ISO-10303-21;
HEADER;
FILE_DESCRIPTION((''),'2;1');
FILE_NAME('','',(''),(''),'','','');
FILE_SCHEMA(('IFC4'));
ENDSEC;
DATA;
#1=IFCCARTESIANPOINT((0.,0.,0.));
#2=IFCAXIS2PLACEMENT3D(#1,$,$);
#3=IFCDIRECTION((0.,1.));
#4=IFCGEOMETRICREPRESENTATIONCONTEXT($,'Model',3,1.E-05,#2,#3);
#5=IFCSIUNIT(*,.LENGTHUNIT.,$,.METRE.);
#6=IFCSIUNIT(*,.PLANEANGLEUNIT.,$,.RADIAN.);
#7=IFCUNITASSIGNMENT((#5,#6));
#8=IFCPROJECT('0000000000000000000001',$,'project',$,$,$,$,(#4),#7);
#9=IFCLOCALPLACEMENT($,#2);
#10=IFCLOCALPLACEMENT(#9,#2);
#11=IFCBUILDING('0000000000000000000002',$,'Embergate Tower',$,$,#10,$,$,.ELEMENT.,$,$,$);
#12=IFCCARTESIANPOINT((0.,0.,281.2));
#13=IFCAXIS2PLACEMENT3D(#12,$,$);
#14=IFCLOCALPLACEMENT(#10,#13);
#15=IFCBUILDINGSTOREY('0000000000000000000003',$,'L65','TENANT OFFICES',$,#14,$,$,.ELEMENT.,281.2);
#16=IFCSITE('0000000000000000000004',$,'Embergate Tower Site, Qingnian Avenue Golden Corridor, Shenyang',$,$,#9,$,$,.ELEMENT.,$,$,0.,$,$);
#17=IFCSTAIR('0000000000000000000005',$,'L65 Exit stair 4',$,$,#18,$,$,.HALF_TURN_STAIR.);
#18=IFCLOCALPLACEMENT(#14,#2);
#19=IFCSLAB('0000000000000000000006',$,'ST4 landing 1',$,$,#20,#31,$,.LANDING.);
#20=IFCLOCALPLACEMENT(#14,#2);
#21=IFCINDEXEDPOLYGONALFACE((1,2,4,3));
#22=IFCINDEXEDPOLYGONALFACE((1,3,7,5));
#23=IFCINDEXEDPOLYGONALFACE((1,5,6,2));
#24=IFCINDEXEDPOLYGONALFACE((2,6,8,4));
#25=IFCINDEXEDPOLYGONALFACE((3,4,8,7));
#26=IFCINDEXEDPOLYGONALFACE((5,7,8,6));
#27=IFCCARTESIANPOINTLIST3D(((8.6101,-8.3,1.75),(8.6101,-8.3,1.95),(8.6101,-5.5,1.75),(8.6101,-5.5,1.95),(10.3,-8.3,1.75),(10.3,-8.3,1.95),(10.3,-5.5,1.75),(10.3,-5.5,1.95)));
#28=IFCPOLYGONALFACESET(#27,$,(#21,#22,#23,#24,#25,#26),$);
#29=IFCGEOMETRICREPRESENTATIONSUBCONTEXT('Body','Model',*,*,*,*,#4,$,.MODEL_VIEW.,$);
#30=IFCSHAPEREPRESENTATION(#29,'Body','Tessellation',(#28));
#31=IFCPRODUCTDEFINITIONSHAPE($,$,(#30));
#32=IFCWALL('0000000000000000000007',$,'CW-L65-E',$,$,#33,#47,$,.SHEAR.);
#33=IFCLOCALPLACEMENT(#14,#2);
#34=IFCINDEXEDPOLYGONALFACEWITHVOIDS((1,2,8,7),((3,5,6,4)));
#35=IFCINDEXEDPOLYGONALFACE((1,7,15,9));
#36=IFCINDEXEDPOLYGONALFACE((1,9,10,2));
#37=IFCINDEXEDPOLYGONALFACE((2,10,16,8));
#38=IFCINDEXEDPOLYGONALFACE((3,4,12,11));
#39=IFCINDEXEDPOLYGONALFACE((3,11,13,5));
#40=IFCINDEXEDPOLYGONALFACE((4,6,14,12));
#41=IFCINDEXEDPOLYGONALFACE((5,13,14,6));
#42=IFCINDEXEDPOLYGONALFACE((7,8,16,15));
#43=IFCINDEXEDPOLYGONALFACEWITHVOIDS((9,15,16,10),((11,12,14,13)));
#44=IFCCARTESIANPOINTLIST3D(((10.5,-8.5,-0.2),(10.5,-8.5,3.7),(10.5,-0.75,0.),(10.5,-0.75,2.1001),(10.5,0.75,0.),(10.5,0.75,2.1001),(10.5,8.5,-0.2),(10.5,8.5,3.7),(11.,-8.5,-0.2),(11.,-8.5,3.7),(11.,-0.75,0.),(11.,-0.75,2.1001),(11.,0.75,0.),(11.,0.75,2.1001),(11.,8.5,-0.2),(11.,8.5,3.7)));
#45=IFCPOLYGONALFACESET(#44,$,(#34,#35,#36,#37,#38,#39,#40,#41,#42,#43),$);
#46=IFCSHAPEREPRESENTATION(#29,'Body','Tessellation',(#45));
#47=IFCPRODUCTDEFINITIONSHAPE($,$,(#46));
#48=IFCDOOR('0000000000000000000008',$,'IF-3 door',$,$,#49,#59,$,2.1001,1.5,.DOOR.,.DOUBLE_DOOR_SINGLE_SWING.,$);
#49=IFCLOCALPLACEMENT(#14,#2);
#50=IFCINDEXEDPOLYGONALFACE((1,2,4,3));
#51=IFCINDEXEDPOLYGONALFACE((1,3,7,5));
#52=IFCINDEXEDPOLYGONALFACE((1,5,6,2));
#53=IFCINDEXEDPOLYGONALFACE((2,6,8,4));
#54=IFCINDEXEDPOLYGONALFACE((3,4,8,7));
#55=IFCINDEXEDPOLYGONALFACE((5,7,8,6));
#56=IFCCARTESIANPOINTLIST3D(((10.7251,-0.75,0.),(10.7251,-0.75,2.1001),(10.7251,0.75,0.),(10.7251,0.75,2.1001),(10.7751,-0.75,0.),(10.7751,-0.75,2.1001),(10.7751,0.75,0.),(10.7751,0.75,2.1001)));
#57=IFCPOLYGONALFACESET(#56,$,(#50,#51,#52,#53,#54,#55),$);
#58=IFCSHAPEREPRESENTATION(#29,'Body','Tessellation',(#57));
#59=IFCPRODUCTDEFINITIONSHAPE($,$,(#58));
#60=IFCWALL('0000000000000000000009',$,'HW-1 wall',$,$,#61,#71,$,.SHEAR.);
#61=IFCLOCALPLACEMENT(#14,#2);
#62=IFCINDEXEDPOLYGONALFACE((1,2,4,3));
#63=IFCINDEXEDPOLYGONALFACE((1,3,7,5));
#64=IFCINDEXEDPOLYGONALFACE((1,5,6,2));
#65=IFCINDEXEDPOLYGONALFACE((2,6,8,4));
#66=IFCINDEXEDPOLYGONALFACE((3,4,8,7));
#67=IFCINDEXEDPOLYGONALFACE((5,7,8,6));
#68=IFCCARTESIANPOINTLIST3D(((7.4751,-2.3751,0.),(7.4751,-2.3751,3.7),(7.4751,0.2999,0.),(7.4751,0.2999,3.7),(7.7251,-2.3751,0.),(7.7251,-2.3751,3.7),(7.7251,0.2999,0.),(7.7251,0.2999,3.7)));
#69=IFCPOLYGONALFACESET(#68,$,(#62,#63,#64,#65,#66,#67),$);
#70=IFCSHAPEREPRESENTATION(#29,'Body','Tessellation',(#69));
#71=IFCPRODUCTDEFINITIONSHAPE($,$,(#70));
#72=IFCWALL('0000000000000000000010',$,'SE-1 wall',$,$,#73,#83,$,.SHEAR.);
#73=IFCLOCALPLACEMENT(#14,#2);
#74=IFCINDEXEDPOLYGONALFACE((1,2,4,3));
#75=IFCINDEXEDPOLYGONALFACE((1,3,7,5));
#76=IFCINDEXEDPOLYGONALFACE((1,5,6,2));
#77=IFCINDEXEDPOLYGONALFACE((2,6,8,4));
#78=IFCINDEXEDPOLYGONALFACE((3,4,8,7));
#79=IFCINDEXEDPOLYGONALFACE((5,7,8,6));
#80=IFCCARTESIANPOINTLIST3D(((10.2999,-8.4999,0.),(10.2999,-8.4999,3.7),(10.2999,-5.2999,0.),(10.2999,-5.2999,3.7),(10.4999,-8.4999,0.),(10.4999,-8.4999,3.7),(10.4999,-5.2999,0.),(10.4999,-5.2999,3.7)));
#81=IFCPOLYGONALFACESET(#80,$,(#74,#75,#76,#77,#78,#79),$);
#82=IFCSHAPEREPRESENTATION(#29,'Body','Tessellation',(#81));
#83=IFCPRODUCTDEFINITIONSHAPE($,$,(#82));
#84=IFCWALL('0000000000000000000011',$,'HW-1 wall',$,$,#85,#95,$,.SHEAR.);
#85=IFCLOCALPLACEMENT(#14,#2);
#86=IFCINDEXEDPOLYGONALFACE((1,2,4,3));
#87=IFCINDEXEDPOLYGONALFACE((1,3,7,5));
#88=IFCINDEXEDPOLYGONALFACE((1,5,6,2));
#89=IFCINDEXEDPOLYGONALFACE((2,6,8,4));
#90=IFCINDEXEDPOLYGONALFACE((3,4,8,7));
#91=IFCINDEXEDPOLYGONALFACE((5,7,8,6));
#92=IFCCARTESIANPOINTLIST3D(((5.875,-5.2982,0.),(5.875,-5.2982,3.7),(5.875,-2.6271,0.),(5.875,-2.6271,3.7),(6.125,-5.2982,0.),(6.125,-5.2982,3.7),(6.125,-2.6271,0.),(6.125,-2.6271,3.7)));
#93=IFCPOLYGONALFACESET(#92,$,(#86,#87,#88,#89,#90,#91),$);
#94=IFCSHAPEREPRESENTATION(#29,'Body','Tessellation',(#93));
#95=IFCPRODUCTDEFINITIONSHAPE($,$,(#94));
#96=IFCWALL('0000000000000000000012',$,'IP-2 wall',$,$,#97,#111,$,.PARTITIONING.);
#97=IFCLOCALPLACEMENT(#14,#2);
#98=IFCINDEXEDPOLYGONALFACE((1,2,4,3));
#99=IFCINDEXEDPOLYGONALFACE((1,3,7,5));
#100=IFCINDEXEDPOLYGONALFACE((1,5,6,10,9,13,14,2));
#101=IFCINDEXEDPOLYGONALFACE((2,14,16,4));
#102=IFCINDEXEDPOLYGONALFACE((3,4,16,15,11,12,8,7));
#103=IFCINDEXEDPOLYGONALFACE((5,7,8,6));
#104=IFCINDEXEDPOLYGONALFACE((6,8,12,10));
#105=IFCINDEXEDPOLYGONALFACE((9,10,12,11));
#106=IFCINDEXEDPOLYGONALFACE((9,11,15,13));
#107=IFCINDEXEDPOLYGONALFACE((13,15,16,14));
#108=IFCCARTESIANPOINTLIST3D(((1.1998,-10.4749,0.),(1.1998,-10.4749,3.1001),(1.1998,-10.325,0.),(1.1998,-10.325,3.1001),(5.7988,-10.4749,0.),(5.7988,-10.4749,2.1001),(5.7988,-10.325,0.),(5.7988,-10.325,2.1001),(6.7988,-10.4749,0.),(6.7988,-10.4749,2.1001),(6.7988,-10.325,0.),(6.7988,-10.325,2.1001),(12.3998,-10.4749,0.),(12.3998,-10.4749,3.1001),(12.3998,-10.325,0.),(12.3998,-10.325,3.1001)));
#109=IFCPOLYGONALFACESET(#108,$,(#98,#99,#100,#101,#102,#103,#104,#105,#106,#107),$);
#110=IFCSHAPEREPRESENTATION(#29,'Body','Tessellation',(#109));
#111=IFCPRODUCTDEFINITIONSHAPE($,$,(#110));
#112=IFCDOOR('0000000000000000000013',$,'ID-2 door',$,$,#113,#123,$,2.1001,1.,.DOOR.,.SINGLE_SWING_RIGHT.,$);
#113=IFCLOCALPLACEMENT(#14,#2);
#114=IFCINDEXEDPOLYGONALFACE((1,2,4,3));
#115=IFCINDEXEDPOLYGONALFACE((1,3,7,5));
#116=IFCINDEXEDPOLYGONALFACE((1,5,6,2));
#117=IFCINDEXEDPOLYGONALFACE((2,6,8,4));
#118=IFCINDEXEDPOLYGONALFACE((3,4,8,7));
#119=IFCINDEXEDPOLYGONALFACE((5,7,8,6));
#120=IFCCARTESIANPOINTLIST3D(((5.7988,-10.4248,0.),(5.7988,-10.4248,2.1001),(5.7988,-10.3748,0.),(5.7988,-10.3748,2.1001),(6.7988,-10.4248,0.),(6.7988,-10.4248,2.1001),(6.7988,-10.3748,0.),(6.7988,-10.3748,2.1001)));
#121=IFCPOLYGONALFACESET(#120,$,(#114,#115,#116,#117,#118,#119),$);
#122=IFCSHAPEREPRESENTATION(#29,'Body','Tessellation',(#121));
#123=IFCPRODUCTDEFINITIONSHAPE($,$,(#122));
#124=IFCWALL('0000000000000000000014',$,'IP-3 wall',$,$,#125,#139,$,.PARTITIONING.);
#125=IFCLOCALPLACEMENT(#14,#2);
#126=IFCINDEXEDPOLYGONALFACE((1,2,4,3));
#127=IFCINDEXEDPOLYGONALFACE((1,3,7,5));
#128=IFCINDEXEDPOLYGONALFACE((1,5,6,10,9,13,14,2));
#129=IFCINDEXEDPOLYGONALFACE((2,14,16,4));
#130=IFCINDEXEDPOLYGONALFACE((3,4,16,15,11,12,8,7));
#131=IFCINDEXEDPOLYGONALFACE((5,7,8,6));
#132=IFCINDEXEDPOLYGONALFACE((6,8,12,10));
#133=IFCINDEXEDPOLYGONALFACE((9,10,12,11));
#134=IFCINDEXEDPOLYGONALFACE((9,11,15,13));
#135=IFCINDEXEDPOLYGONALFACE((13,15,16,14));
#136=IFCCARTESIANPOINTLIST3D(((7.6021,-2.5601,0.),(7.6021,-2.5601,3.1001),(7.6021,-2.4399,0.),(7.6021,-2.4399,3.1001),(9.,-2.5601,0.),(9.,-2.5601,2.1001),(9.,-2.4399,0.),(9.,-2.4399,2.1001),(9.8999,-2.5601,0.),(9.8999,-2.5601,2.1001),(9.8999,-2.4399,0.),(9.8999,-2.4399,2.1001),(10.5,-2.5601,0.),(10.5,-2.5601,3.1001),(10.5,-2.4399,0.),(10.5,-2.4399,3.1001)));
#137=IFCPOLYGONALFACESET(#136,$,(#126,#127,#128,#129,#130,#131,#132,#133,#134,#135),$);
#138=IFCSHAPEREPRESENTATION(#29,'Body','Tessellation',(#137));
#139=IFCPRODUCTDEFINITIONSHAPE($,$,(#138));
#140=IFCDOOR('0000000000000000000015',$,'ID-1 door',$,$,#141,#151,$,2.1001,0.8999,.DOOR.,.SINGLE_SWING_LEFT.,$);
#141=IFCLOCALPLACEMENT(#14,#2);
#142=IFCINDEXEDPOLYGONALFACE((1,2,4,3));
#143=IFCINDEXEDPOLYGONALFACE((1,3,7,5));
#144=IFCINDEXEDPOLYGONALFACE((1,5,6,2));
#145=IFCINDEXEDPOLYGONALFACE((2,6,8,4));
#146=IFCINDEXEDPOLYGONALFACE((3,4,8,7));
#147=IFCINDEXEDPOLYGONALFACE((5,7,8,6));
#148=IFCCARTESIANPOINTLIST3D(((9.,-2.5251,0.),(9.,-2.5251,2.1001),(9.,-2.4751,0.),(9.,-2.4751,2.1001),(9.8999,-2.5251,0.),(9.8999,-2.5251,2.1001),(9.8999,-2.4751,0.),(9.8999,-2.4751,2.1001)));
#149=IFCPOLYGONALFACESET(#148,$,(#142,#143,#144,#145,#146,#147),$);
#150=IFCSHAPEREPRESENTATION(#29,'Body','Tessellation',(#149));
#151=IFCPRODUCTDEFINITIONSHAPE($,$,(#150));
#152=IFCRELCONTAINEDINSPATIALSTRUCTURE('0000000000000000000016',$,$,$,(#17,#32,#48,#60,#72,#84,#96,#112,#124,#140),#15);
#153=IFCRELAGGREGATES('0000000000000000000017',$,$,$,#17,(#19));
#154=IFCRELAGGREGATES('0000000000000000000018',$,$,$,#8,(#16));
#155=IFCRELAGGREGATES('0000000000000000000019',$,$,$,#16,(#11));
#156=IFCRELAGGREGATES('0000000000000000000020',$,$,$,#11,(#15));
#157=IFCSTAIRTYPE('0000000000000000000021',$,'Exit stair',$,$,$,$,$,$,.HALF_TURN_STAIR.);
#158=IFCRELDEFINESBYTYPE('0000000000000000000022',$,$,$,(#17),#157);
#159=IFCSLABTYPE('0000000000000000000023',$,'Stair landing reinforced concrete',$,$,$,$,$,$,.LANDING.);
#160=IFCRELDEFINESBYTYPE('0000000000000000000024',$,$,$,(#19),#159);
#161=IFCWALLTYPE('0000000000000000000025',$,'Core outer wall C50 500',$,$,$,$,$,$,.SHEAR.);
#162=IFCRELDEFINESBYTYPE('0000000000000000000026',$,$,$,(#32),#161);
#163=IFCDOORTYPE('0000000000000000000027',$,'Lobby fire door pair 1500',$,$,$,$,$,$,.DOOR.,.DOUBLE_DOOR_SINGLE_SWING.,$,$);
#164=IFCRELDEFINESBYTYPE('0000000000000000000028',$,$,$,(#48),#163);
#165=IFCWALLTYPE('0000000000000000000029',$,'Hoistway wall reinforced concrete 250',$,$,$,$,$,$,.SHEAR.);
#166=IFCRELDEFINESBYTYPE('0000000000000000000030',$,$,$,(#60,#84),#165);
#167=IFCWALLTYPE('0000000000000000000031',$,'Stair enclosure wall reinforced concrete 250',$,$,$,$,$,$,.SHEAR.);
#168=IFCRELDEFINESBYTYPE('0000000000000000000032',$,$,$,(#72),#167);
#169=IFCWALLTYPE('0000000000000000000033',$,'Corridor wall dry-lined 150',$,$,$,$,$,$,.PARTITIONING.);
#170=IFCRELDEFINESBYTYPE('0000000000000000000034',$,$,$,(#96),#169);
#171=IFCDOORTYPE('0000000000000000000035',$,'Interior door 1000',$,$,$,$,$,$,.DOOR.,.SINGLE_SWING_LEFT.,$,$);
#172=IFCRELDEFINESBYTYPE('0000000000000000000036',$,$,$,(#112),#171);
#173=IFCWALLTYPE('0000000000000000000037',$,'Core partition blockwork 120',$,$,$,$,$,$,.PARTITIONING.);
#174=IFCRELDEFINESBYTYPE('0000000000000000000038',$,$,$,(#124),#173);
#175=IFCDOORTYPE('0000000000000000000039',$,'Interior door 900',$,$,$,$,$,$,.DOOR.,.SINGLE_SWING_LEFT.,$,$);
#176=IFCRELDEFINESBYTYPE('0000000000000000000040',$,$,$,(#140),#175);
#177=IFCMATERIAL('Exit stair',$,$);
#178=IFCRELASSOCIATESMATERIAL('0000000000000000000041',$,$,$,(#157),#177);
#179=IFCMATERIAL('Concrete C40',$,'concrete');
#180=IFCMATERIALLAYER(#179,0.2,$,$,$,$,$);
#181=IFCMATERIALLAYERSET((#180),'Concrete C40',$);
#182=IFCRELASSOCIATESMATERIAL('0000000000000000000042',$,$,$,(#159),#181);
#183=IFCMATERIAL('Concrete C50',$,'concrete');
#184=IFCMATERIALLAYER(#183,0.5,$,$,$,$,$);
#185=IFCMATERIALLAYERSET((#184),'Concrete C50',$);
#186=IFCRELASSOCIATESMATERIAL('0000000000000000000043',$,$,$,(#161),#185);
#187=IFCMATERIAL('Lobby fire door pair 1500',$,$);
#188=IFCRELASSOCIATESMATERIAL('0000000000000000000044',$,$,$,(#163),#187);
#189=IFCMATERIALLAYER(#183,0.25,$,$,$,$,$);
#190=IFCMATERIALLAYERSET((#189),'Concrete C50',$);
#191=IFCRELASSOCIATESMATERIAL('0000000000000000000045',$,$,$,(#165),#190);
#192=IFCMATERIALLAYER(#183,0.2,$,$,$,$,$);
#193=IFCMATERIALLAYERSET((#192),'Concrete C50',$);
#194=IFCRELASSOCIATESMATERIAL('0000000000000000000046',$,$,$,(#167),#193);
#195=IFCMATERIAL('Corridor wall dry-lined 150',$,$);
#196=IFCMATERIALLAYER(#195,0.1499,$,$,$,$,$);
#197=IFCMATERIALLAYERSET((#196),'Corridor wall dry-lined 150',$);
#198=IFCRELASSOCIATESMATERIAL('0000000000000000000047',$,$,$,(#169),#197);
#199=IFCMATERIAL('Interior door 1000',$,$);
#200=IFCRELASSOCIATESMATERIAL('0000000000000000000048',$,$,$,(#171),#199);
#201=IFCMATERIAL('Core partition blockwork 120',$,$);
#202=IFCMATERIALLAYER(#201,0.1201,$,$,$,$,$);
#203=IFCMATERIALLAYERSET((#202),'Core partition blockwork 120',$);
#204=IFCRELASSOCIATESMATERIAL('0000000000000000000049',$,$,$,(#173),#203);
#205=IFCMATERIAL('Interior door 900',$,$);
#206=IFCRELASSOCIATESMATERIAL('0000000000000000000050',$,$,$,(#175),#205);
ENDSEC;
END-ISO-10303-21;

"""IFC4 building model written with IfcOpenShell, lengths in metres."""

from ifc_helpers import new_model, si_unit, direction, frame, frame_2d, origin, place, context, subcontext, project, spatial, polyline, rectangle, outline, extrude, source, transform, mapped, material, layer, layer_set, type_object, element, fill, aggregate, save


model = new_model("IFC4")

# Units and contexts
model_context = context("Model", 3, precision=1e-05, world=origin(), true_north=direction((0.0, 1.0)))
body_context = subcontext(model_context, "Body", "Model", "MODEL_VIEW")
ifc_project = project(units=[si_unit("LENGTHUNIT", "METRE"), si_unit("PLANEANGLEUNIT", "RADIAN")], contexts=[model_context])

# Site, building, storey
site_placement = place(None, origin())
site = spatial("IfcSite", under=ifc_project, at=site_placement, Name="Embergate Tower Site, Qingnian Avenue Golden Corridor, Shenyang", CompositionType="ELEMENT", RefElevation=0.0)
building_placement = place(site_placement, origin())
building = spatial("IfcBuilding", under=site, at=building_placement, Name="Embergate Tower", CompositionType="ELEMENT")
storey_placement = place(building_placement, frame((0.0, 0.0, 281.2)))
storey = spatial("IfcBuildingStorey", under=building, at=storey_placement, Name="L65", Description="TENANT OFFICES", CompositionType="ELEMENT", Elevation=281.2)

# Stair, slab
ifc_material_1 = material(Name="Exit stair")
stair_type = type_object("IfcStairType", Name="Exit stair", PredefinedType="HALF_TURN_STAIR", material=ifc_material_1)
stair_placement = place(storey_placement, origin())
stair = element("IfcStair", 1, at=stair_placement, inside=storey, type_object=stair_type, Name="L65 Exit stair 4", PredefinedType="HALF_TURN_STAIR")
ifc_material_2 = material(Name="Concrete C40", Category="concrete")
ifc_layer_1 = layer(ifc_material_2, 0.2)
ifc_layer_set_1 = layer_set([ifc_layer_1], Name="Concrete C40")
slab_type = type_object("IfcSlabType", Name="Stair landing reinforced concrete", PredefinedType="LANDING", material=ifc_layer_set_1)
shared_shape_1 = source(origin(), body_context, "Body", "SweptSolid", [
    extrude(outline(polyline([(0.0, 0.0), (1.6899, 0.0), (1.6899, 2.8), (0.0, 2.8), (0.0, 0.0)])), origin(), (0.0, 0.0, 1.0), 0.2),
])
slab_placement = place(storey_placement, frame((8.6101, -8.3, 1.75)))
slab = element("IfcSlab", 2, at=slab_placement, type_object=slab_type, Name="ST4 landing 1", PredefinedType="LANDING", context=body_context, shape_type="MappedRepresentation", body=[
    mapped(shared_shape_1, transform((0.0, 0.0, 0.0))),
])

# Wall, opening, door
ifc_material_3 = material(Name="Concrete C50", Category="concrete")
ifc_layer_2 = layer(ifc_material_3, 0.5)
ifc_layer_set_2 = layer_set([ifc_layer_2], Name="Concrete C50")
wall_type_1 = type_object("IfcWallType", Name="Core outer wall C50 500", PredefinedType="SHEAR", material=ifc_layer_set_2)
shared_shape_2 = source(origin(), body_context, "Body", "SweptSolid", [
    extrude(rectangle(XDim=17.0, YDim=0.5, at=frame_2d((8.5, 0.0))), origin(), (0.0, 0.0, 1.0), 3.8999),
])
wall_1_placement = place(storey_placement, frame((10.75, -8.5, -0.2), z_axis=(0.0, 0.0, 1.0), x_axis=(0.0, 1.0, 0.0)))
wall_1 = element("IfcWall", 3, at=wall_1_placement, inside=storey, type_object=wall_type_1, Name="CW-L65-E", PredefinedType="SHEAR", context=body_context, shape_type="MappedRepresentation", body=[
    mapped(shared_shape_2, transform((0.0, 0.0, 0.0))),
])
shared_shape_3 = source(origin(), body_context, "Body", "SweptSolid", [
    extrude(rectangle(XDim=1.5, YDim=2.1001, at=frame_2d((0.75, 1.05))), frame((0.0, 0.26, 0.0), z_axis=(0.0, -1.0, 0.0), x_axis=(1.0, 0.0, 0.0)), (0.0, 0.0, 1.0), 0.52),
])
opening_1_placement = place(wall_1_placement, frame((7.75, 0.0, 0.2)))
opening_1 = element("IfcOpeningElement", 4, at=opening_1_placement, cuts=wall_1, PredefinedType="OPENING", context=body_context, shape_type="MappedRepresentation", body=[
    mapped(shared_shape_3, transform((0.0, 0.0, 0.0))),
])
ifc_material_4 = material(Name="Lobby fire door pair 1500")
door_type_1 = type_object("IfcDoorType", Name="Lobby fire door pair 1500", OperationType="DOUBLE_DOOR_SINGLE_SWING", PredefinedType="DOOR", material=ifc_material_4)
shared_shape_4 = source(origin(), body_context, "Body", "SweptSolid", [
    extrude(rectangle(XDim=1.5, YDim=2.1001, at=frame_2d((0.75, 1.05))), frame((0.0, 0.0249, 0.0), z_axis=(0.0, -1.0, 0.0), x_axis=(1.0, 0.0, 0.0)), (0.0, 0.0, 1.0), 0.05),
])
door_1_placement = place(opening_1_placement, origin())
door_1 = element("IfcDoor", 5, at=door_1_placement, inside=storey, type_object=door_type_1, Name="IF-3 door", OperationType="DOUBLE_DOOR_SINGLE_SWING", OverallHeight=2.1001, OverallWidth=1.5, PredefinedType="DOOR", context=body_context, shape_type="MappedRepresentation", body=[
    mapped(shared_shape_4, transform((0.0, 0.0, 0.0))),
])
fill(opening_1, door_1)

# Walls
ifc_layer_3 = layer(ifc_material_3, 0.25)
ifc_layer_set_3 = layer_set([ifc_layer_3], Name="Concrete C50")
wall_type_2 = type_object("IfcWallType", Name="Hoistway wall reinforced concrete 250", PredefinedType="SHEAR", material=ifc_layer_set_3)
shared_shape_5 = source(origin(), body_context, "Body", "SweptSolid", [
    extrude(rectangle(XDim=2.675, YDim=0.25, at=frame_2d((1.3374, 0.0))), origin(), (0.0, 0.0, 1.0), 3.7),
])
wall_2_placement = place(storey_placement, frame((7.6001, -2.375, 0.0), z_axis=(0.0, 0.0, 1.0), x_axis=(0.0, 1.0, 0.0)))
element("IfcWall", 6, at=wall_2_placement, inside=storey, type_object=wall_type_2, Name="HW-1 wall", PredefinedType="SHEAR", context=body_context, shape_type="MappedRepresentation", body=[
    mapped(shared_shape_5, transform((0.0, 0.0, 0.0))),
])
ifc_layer_4 = layer(ifc_material_3, 0.2)
ifc_layer_set_4 = layer_set([ifc_layer_4], Name="Concrete C50")
wall_type_3 = type_object("IfcWallType", Name="Stair enclosure wall reinforced concrete 250", PredefinedType="SHEAR", material=ifc_layer_set_4)
shared_shape_6 = source(origin(), body_context, "Body", "SweptSolid", [
    extrude(rectangle(XDim=3.2, YDim=0.2, at=frame_2d((1.6001, 0.0))), origin(), (0.0, 0.0, 1.0), 3.7),
])
wall_3_placement = place(storey_placement, frame((10.3999, -8.5, 0.0), z_axis=(0.0, 0.0, 1.0), x_axis=(0.0, 1.0, 0.0)))
element("IfcWall", 7, at=wall_3_placement, inside=storey, type_object=wall_type_3, Name="SE-1 wall", PredefinedType="SHEAR", context=body_context, shape_type="MappedRepresentation", body=[
    mapped(shared_shape_6, transform((0.0, 0.0, 0.0))),
])
shared_shape_7 = source(origin(), body_context, "Body", "SweptSolid", [
    extrude(rectangle(XDim=2.6711, YDim=0.25, at=frame_2d((1.3354, 0.0))), origin(), (0.0, 0.0, 1.0), 3.7),
])
wall_4_placement = place(storey_placement, frame((6.0, -5.2981, 0.0), z_axis=(0.0, 0.0, 1.0), x_axis=(0.0, 1.0, 0.0)))
element("IfcWall", 8, at=wall_4_placement, inside=storey, type_object=wall_type_2, Name="HW-1 wall", PredefinedType="SHEAR", context=body_context, shape_type="MappedRepresentation", body=[
    mapped(shared_shape_7, transform((0.0, 0.0, 0.0))),
])

# Walls, openings, doors
ifc_material_5 = material(Name="Corridor wall dry-lined 150")
ifc_layer_5 = layer(ifc_material_5, 0.1499)
ifc_layer_set_5 = layer_set([ifc_layer_5], Name="Corridor wall dry-lined 150")
wall_type_4 = type_object("IfcWallType", Name="Corridor wall dry-lined 150", PredefinedType="PARTITIONING", material=ifc_layer_set_5)
shared_shape_8 = source(origin(), body_context, "Body", "SweptSolid", [
    extrude(rectangle(XDim=11.2, YDim=0.1499, at=frame_2d((5.6001, 0.0))), origin(), (0.0, 0.0, 1.0), 3.1001),
])
wall_5_placement = place(storey_placement, frame((12.3999, -10.3999, 0.0), z_axis=(0.0, 0.0, 1.0), x_axis=(-1.0, 0.0, 0.0)))
wall_5 = element("IfcWall", 9, at=wall_5_placement, inside=storey, type_object=wall_type_4, Name="IP-2 wall", PredefinedType="PARTITIONING", context=body_context, shape_type="MappedRepresentation", body=[
    mapped(shared_shape_8, transform((0.0, 0.0, 0.0))),
])
shared_shape_9 = source(origin(), body_context, "Body", "SweptSolid", [
    extrude(rectangle(XDim=1.0, YDim=2.1001, at=frame_2d((0.5, 1.05))), frame((0.0, 0.085, 0.0), z_axis=(0.0, -1.0, 0.0), x_axis=(1.0, 0.0, 0.0)), (0.0, 0.0, 1.0), 0.1699),
])
opening_2_placement = place(wall_5_placement, frame((5.6011, 0.0, 0.0)))
opening_2 = element("IfcOpeningElement", 10, at=opening_2_placement, cuts=wall_5, PredefinedType="OPENING", context=body_context, shape_type="MappedRepresentation", body=[
    mapped(shared_shape_9, transform((0.0, 0.0, 0.0))),
])
ifc_material_6 = material(Name="Interior door 1000")
door_type_2 = type_object("IfcDoorType", Name="Interior door 1000", OperationType="SINGLE_SWING_LEFT", PredefinedType="DOOR", material=ifc_material_6)
shared_shape_10 = source(origin(), body_context, "Body", "SweptSolid", [
    extrude(rectangle(XDim=1.0, YDim=2.1001, at=frame_2d((0.5, 1.05))), frame((0.0, 0.0249, 0.0), z_axis=(0.0, -1.0, 0.0), x_axis=(1.0, 0.0, 0.0)), (0.0, 0.0, 1.0), 0.05),
])
door_2_placement = place(opening_2_placement, origin())
door_2 = element("IfcDoor", 11, at=door_2_placement, inside=storey, type_object=door_type_2, Name="ID-2 door", OperationType="SINGLE_SWING_RIGHT", OverallHeight=2.1001, OverallWidth=1.0, PredefinedType="DOOR", context=body_context, shape_type="MappedRepresentation", body=[
    mapped(shared_shape_10, transform((0.0, 0.0, 0.0))),
])
fill(opening_2, door_2)
ifc_material_7 = material(Name="Core partition blockwork 120")
ifc_layer_6 = layer(ifc_material_7, 0.1201)
ifc_layer_set_6 = layer_set([ifc_layer_6], Name="Core partition blockwork 120")
wall_type_5 = type_object("IfcWallType", Name="Core partition blockwork 120", PredefinedType="PARTITIONING", material=ifc_layer_set_6)
shared_shape_11 = source(origin(), body_context, "Body", "SweptSolid", [
    extrude(rectangle(XDim=2.8979, YDim=0.1201, at=frame_2d((1.449, 0.0))), origin(), (0.0, 0.0, 1.0), 3.1001),
])
wall_6_placement = place(storey_placement, frame((7.6021, -2.5, 0.0), z_axis=(0.0, 0.0, 1.0), x_axis=(1.0, 0.0, 0.0)))
wall_6 = element("IfcWall", 12, at=wall_6_placement, inside=storey, type_object=wall_type_5, Name="IP-3 wall", PredefinedType="PARTITIONING", context=body_context, shape_type="MappedRepresentation", body=[
    mapped(shared_shape_11, transform((0.0, 0.0, 0.0))),
])
shared_shape_12 = source(origin(), body_context, "Body", "SweptSolid", [
    extrude(rectangle(XDim=0.8999, YDim=2.1001, at=frame_2d((0.45, 1.05))), frame((0.0, 0.0701, 0.0), z_axis=(0.0, -1.0, 0.0), x_axis=(1.0, 0.0, 0.0)), (0.0, 0.0, 1.0), 0.1401),
])
opening_3_placement = place(wall_6_placement, frame((1.3979, 0.0, 0.0)))
opening_3 = element("IfcOpeningElement", 13, at=opening_3_placement, cuts=wall_6, PredefinedType="OPENING", context=body_context, shape_type="MappedRepresentation", body=[
    mapped(shared_shape_12, transform((0.0, 0.0, 0.0))),
])
ifc_material_8 = material(Name="Interior door 900")
door_type_3 = type_object("IfcDoorType", Name="Interior door 900", OperationType="SINGLE_SWING_LEFT", PredefinedType="DOOR", material=ifc_material_8)
shared_shape_13 = source(origin(), body_context, "Body", "SweptSolid", [
    extrude(rectangle(XDim=0.8999, YDim=2.1001, at=frame_2d((0.45, 1.05))), frame((0.0, 0.0249, 0.0), z_axis=(0.0, -1.0, 0.0), x_axis=(1.0, 0.0, 0.0)), (0.0, 0.0, 1.0), 0.05),
])
door_3_placement = place(opening_3_placement, origin())
door_3 = element("IfcDoor", 14, at=door_3_placement, inside=storey, type_object=door_type_3, Name="ID-1 door", OperationType="SINGLE_SWING_LEFT", OverallHeight=2.1001, OverallWidth=0.8999, PredefinedType="DOOR", context=body_context, shape_type="MappedRepresentation", body=[
    mapped(shared_shape_13, transform((0.0, 0.0, 0.0))),
])
fill(opening_3, door_3)

aggregate(stair, [slab])

save(model, "model.ifc")
